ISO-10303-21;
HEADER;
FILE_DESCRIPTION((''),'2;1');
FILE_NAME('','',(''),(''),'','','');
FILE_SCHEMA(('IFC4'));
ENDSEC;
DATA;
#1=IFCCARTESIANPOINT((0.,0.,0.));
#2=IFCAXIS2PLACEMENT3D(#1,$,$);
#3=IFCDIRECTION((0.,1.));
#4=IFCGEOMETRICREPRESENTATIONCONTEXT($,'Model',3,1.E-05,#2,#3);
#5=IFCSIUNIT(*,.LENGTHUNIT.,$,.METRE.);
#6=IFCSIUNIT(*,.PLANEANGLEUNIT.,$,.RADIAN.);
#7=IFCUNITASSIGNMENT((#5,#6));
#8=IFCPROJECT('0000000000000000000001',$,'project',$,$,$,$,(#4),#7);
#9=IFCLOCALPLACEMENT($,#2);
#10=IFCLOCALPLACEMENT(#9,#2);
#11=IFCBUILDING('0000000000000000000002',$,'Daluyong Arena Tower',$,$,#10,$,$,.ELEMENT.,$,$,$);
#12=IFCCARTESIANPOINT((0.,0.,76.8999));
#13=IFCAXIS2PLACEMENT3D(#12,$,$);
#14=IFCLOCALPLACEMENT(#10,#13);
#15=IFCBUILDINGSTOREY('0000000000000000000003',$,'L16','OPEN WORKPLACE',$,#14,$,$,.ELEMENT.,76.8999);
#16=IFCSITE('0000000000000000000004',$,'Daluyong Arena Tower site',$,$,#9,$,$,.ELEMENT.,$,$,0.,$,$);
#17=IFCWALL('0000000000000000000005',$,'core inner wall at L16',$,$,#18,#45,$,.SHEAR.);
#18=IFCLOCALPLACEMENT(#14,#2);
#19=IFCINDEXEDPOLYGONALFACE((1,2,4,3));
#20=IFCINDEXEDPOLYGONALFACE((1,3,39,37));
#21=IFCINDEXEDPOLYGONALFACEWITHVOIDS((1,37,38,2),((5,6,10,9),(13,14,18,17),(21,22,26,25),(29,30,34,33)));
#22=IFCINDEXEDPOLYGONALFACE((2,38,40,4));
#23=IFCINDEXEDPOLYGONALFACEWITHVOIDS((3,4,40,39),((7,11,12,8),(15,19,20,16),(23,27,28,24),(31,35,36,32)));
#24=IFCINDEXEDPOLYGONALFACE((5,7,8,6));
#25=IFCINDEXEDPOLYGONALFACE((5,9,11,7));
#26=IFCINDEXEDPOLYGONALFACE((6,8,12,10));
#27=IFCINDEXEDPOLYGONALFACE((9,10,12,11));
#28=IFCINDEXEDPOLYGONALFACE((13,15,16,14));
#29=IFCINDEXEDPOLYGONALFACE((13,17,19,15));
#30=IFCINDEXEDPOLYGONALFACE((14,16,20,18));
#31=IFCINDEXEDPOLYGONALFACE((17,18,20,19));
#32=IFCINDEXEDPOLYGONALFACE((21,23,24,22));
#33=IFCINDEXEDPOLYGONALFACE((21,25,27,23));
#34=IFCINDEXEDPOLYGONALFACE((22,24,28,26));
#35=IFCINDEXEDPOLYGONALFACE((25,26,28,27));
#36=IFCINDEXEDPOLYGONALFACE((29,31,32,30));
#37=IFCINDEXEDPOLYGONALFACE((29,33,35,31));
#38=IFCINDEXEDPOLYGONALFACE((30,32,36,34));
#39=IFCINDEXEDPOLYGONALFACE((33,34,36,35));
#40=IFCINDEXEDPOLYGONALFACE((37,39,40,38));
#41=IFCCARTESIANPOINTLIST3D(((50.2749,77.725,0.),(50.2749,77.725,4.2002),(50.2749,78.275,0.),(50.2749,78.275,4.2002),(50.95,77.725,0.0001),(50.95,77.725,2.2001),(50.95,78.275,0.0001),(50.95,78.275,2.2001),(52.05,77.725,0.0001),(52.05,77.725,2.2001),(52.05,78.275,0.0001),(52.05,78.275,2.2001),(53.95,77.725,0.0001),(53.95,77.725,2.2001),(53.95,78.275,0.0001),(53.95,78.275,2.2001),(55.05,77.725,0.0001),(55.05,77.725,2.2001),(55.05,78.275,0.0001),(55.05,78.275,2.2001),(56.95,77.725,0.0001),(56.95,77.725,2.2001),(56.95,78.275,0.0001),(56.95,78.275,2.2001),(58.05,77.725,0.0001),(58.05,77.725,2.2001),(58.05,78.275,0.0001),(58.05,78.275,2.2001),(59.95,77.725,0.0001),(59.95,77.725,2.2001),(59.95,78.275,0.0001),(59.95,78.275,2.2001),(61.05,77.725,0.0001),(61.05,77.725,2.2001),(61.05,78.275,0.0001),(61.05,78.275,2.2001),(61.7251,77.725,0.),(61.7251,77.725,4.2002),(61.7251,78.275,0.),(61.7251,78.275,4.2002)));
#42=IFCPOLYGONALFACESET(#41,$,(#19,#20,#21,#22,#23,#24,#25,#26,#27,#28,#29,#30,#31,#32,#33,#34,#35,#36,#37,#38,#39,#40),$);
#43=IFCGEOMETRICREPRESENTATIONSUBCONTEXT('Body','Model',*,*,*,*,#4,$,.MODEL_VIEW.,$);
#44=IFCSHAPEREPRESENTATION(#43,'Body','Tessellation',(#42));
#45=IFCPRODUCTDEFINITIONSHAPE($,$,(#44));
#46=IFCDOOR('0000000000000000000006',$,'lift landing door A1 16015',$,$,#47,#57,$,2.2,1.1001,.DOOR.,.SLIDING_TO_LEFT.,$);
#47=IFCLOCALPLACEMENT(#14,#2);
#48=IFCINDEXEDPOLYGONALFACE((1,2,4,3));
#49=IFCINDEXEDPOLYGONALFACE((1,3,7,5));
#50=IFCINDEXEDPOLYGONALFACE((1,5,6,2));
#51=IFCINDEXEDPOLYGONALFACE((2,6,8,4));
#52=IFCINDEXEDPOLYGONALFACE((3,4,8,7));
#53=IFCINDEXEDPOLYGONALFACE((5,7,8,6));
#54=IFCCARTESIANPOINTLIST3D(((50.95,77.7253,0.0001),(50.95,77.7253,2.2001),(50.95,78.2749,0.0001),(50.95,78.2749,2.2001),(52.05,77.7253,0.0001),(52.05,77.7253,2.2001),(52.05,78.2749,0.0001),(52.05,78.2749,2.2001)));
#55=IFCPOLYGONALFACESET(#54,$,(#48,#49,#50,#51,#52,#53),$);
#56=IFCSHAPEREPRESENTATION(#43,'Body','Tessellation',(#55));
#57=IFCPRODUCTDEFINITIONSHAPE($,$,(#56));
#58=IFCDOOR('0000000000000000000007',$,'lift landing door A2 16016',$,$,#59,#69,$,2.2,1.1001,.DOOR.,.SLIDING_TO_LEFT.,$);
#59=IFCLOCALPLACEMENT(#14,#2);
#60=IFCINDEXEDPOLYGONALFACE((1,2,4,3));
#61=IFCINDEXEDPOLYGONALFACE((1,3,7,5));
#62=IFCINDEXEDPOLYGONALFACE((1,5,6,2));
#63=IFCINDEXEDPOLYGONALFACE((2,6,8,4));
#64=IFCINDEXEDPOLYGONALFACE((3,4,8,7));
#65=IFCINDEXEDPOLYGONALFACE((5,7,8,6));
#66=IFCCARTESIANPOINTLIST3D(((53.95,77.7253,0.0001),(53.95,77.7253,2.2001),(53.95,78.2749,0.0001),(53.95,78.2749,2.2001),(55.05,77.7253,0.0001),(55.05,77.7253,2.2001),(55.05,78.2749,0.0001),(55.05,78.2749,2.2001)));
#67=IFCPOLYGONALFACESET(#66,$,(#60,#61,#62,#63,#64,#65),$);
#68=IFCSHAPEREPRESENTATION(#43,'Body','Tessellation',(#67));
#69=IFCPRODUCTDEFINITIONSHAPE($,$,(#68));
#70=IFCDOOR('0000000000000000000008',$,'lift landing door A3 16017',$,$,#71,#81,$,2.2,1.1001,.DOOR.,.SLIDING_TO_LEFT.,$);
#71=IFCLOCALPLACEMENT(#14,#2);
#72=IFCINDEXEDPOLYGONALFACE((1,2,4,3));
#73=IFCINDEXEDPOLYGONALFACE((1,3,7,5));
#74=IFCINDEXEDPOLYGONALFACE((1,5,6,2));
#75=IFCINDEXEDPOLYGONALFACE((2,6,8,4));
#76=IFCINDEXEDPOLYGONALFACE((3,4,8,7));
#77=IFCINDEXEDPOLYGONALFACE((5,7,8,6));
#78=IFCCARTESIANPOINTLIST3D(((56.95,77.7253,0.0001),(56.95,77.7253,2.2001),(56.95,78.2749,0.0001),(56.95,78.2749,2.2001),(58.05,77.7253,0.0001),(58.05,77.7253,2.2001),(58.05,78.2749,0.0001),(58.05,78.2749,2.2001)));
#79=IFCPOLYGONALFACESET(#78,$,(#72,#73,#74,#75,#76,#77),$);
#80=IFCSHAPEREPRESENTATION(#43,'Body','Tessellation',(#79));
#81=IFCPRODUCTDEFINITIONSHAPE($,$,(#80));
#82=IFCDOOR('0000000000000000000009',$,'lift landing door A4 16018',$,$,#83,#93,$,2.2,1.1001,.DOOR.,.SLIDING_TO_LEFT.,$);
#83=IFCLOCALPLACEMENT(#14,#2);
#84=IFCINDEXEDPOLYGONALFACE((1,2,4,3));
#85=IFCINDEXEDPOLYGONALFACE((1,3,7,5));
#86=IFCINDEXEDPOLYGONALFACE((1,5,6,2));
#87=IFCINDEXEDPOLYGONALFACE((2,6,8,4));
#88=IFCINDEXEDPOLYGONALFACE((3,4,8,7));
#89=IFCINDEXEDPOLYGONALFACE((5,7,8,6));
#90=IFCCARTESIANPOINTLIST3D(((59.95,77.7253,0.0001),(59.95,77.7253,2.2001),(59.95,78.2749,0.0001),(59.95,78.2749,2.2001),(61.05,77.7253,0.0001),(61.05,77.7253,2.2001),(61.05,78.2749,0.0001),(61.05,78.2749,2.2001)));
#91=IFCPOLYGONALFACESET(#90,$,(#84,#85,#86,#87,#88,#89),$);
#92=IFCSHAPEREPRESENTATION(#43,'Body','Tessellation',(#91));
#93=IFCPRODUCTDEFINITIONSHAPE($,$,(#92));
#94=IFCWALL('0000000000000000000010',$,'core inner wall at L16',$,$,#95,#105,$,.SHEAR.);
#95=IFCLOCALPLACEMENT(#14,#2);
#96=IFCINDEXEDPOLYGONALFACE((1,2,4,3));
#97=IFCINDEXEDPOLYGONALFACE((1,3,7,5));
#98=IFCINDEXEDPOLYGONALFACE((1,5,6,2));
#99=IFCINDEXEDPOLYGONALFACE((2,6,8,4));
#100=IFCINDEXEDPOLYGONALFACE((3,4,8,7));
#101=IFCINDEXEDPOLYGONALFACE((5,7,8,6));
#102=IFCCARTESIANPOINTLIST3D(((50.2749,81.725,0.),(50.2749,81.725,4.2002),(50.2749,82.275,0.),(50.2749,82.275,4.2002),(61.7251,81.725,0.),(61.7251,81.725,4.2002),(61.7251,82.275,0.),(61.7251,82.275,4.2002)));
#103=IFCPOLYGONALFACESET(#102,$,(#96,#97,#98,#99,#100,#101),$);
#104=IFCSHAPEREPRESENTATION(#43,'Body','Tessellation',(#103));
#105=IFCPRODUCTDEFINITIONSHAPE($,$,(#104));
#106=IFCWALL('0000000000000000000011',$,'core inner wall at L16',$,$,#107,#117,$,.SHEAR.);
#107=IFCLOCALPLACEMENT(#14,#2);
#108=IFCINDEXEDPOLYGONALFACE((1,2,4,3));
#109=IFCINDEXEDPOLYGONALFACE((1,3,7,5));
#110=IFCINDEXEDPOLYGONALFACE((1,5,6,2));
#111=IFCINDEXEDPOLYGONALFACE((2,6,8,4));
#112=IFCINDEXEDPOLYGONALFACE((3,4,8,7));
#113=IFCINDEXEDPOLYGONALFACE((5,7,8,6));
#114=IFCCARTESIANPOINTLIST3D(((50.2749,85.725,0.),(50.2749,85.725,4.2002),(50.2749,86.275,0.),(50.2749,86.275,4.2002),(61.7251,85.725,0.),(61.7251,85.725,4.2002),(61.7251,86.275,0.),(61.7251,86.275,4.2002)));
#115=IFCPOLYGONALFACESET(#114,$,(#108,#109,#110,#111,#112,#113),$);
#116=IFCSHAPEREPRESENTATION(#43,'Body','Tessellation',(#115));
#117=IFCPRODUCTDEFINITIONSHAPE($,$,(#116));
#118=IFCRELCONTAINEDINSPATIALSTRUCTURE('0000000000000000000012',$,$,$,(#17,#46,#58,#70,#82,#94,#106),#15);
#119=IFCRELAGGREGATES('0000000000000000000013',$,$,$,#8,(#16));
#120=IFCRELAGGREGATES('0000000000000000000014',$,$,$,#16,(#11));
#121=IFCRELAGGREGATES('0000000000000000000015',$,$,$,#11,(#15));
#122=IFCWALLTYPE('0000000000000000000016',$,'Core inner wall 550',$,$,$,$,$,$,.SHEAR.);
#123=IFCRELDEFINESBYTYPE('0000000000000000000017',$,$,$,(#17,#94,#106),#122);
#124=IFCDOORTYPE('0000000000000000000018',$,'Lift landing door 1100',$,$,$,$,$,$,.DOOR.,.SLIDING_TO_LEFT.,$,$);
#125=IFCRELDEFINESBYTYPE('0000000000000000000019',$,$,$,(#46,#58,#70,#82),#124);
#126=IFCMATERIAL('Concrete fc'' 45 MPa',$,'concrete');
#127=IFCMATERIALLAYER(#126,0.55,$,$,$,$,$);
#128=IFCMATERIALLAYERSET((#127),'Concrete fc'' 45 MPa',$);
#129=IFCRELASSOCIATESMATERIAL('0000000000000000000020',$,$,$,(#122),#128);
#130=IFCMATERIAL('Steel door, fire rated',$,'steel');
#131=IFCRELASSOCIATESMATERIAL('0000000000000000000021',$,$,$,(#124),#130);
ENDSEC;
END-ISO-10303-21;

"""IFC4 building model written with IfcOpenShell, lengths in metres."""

from ifc_helpers import new_model, si_unit, direction, frame, frame_2d, origin, place, context, subcontext, project, spatial, rectangle, extrude, material, layer, layer_set, type_object, element, fill, save


model = new_model("IFC4")

# Units and contexts
model_context = context("Model", 3, precision=1e-05, world=origin(), true_north=direction((0.0, 1.0)))
body_context = subcontext(model_context, "Body", "Model", "MODEL_VIEW")
ifc_project = project(units=[si_unit("LENGTHUNIT", "METRE"), si_unit("PLANEANGLEUNIT", "RADIAN")], contexts=[model_context])

# Site, building, storey
site_placement = place(None, origin())
site = spatial("IfcSite", under=ifc_project, at=site_placement, Name="Daluyong Arena Tower site", CompositionType="ELEMENT", RefElevation=0.0)
building_placement = place(site_placement, origin())
building = spatial("IfcBuilding", under=site, at=building_placement, Name="Daluyong Arena Tower", CompositionType="ELEMENT")
storey_placement = place(building_placement, frame((0.0, 0.0, 76.8999)))
storey = spatial("IfcBuildingStorey", under=building, at=storey_placement, Name="L16", Description="OPEN WORKPLACE", CompositionType="ELEMENT", Elevation=76.8999)

# Shared definitions
ifc_material_1 = material(Name="Concrete fc' 45 MPa", Category="concrete")
ifc_layer_1 = layer(ifc_material_1, 0.55)
ifc_layer_set_1 = layer_set([ifc_layer_1], Name="Concrete fc' 45 MPa")
wall_type_1 = type_object("IfcWallType", Name="Core inner wall 550", PredefinedType="SHEAR", material=ifc_layer_set_1)

# Wall, openings, doors
wall_1_placement = place(storey_placement, frame((50.2749, 78.0, 0.0), z_axis=(0.0, 0.0, 1.0), x_axis=(1.0, 0.0, 0.0)))
wall_1 = element("IfcWall", 1, at=wall_1_placement, inside=storey, type_object=wall_type_1, Name="core inner wall at L16", PredefinedType="SHEAR", context=body_context, shape_type="SweptSolid", body=[
    extrude(rectangle(XDim=11.4502, YDim=0.55, at=frame_2d((5.7251, 0.0))), origin(), (0.0, 0.0, 1.0), 4.2002),
])
opening_1_placement = place(wall_1_placement, frame((0.675, 0.0, 0.0)))
opening_1 = element("IfcOpeningElement", 2, at=opening_1_placement, cuts=wall_1, PredefinedType="OPENING", context=body_context, shape_type="SweptSolid", body=[
    extrude(rectangle(XDim=1.1001, YDim=2.2, at=frame_2d((0.55, 1.1001))), frame((0.0, 0.2849, 0.0), z_axis=(0.0, -1.0, 0.0), x_axis=(1.0, 0.0, 0.0)), (0.0, 0.0, 1.0), 0.5701),
])
opening_2_placement = place(wall_1_placement, frame((3.675, 0.0, 0.0)))
opening_2 = element("IfcOpeningElement", 3, at=opening_2_placement, cuts=wall_1, PredefinedType="OPENING", context=body_context, shape_type="SweptSolid", body=[
    extrude(rectangle(XDim=1.1001, YDim=2.2, at=frame_2d((0.55, 1.1001))), frame((0.0, 0.2849, 0.0), z_axis=(0.0, -1.0, 0.0), x_axis=(1.0, 0.0, 0.0)), (0.0, 0.0, 1.0), 0.5701),
])
opening_3_placement = place(wall_1_placement, frame((6.675, 0.0, 0.0)))
opening_3 = element("IfcOpeningElement", 4, at=opening_3_placement, cuts=wall_1, PredefinedType="OPENING", context=body_context, shape_type="SweptSolid", body=[
    extrude(rectangle(XDim=1.1001, YDim=2.2, at=frame_2d((0.55, 1.1001))), frame((0.0, 0.2849, 0.0), z_axis=(0.0, -1.0, 0.0), x_axis=(1.0, 0.0, 0.0)), (0.0, 0.0, 1.0), 0.5701),
])
opening_4_placement = place(wall_1_placement, frame((9.675, 0.0, 0.0)))
opening_4 = element("IfcOpeningElement", 5, at=opening_4_placement, cuts=wall_1, PredefinedType="OPENING", context=body_context, shape_type="SweptSolid", body=[
    extrude(rectangle(XDim=1.1001, YDim=2.2, at=frame_2d((0.55, 1.1001))), frame((0.0, 0.2849, 0.0), z_axis=(0.0, -1.0, 0.0), x_axis=(1.0, 0.0, 0.0)), (0.0, 0.0, 1.0), 0.5701),
])
ifc_material_2 = material(Name="Steel door, fire rated", Category="steel")
door_type_1 = type_object("IfcDoorType", Name="Lift landing door 1100", OperationType="SLIDING_TO_LEFT", PredefinedType="DOOR", material=ifc_material_2)
door_1_placement = place(opening_1_placement, origin())
door_1 = element("IfcDoor", 6, at=door_1_placement, inside=storey, type_object=door_type_1, Name="lift landing door A1 16015", OperationType="SLIDING_TO_LEFT", OverallHeight=2.2, OverallWidth=1.1001, PredefinedType="DOOR", context=body_context, shape_type="SweptSolid", body=[
    extrude(rectangle(XDim=1.1001, YDim=2.2, at=frame_2d((0.55, 1.1001))), frame((0.0, 0.2749, 0.0), z_axis=(0.0, -1.0, 0.0), x_axis=(1.0, 0.0, 0.0)), (0.0, 0.0, 1.0), 0.5496),
])
fill(opening_1, door_1)
door_2_placement = place(opening_2_placement, origin())
door_2 = element("IfcDoor", 7, at=door_2_placement, inside=storey, type_object=door_type_1, Name="lift landing door A2 16016", OperationType="SLIDING_TO_LEFT", OverallHeight=2.2, OverallWidth=1.1001, PredefinedType="DOOR", context=body_context, shape_type="SweptSolid", body=[
    extrude(rectangle(XDim=1.1001, YDim=2.2, at=frame_2d((0.55, 1.1001))), frame((0.0, 0.2749, 0.0), z_axis=(0.0, -1.0, 0.0), x_axis=(1.0, 0.0, 0.0)), (0.0, 0.0, 1.0), 0.5496),
])
fill(opening_2, door_2)
door_3_placement = place(opening_3_placement, origin())
door_3 = element("IfcDoor", 8, at=door_3_placement, inside=storey, type_object=door_type_1, Name="lift landing door A3 16017", OperationType="SLIDING_TO_LEFT", OverallHeight=2.2, OverallWidth=1.1001, PredefinedType="DOOR", context=body_context, shape_type="SweptSolid", body=[
    extrude(rectangle(XDim=1.1001, YDim=2.2, at=frame_2d((0.55, 1.1001))), frame((0.0, 0.2749, 0.0), z_axis=(0.0, -1.0, 0.0), x_axis=(1.0, 0.0, 0.0)), (0.0, 0.0, 1.0), 0.5496),
])
fill(opening_3, door_3)
door_4_placement = place(opening_4_placement, origin())
door_4 = element("IfcDoor", 9, at=door_4_placement, inside=storey, type_object=door_type_1, Name="lift landing door A4 16018", OperationType="SLIDING_TO_LEFT", OverallHeight=2.2, OverallWidth=1.1001, PredefinedType="DOOR", context=body_context, shape_type="SweptSolid", body=[
    extrude(rectangle(XDim=1.1001, YDim=2.2, at=frame_2d((0.55, 1.1001))), frame((0.0, 0.2749, 0.0), z_axis=(0.0, -1.0, 0.0), x_axis=(1.0, 0.0, 0.0)), (0.0, 0.0, 1.0), 0.5496),
])
fill(opening_4, door_4)

# Walls
for number, where, z_axis, x_axis, name in (
    (10, (50.2749, 82.0, 0.0), (0.0, 0.0, 1.0), (1.0, 0.0, 0.0), "core inner wall at L16"),
    (11, (50.2749, 86.0, 0.0), (0.0, 0.0, 1.0), (1.0, 0.0, 0.0), "core inner wall at L16"),
):
    element("IfcWall", number, at=place(storey_placement, frame(where, z_axis=z_axis, x_axis=x_axis)), inside=storey, type_object=wall_type_1, Name=name, PredefinedType="SHEAR", context=body_context, shape_type="SweptSolid", body=[
        extrude(rectangle(XDim=11.4502, YDim=0.55, at=frame_2d((5.7251, 0.0))), origin(), (0.0, 0.0, 1.0), 4.2002),
    ])

save(model, "model.ifc")
